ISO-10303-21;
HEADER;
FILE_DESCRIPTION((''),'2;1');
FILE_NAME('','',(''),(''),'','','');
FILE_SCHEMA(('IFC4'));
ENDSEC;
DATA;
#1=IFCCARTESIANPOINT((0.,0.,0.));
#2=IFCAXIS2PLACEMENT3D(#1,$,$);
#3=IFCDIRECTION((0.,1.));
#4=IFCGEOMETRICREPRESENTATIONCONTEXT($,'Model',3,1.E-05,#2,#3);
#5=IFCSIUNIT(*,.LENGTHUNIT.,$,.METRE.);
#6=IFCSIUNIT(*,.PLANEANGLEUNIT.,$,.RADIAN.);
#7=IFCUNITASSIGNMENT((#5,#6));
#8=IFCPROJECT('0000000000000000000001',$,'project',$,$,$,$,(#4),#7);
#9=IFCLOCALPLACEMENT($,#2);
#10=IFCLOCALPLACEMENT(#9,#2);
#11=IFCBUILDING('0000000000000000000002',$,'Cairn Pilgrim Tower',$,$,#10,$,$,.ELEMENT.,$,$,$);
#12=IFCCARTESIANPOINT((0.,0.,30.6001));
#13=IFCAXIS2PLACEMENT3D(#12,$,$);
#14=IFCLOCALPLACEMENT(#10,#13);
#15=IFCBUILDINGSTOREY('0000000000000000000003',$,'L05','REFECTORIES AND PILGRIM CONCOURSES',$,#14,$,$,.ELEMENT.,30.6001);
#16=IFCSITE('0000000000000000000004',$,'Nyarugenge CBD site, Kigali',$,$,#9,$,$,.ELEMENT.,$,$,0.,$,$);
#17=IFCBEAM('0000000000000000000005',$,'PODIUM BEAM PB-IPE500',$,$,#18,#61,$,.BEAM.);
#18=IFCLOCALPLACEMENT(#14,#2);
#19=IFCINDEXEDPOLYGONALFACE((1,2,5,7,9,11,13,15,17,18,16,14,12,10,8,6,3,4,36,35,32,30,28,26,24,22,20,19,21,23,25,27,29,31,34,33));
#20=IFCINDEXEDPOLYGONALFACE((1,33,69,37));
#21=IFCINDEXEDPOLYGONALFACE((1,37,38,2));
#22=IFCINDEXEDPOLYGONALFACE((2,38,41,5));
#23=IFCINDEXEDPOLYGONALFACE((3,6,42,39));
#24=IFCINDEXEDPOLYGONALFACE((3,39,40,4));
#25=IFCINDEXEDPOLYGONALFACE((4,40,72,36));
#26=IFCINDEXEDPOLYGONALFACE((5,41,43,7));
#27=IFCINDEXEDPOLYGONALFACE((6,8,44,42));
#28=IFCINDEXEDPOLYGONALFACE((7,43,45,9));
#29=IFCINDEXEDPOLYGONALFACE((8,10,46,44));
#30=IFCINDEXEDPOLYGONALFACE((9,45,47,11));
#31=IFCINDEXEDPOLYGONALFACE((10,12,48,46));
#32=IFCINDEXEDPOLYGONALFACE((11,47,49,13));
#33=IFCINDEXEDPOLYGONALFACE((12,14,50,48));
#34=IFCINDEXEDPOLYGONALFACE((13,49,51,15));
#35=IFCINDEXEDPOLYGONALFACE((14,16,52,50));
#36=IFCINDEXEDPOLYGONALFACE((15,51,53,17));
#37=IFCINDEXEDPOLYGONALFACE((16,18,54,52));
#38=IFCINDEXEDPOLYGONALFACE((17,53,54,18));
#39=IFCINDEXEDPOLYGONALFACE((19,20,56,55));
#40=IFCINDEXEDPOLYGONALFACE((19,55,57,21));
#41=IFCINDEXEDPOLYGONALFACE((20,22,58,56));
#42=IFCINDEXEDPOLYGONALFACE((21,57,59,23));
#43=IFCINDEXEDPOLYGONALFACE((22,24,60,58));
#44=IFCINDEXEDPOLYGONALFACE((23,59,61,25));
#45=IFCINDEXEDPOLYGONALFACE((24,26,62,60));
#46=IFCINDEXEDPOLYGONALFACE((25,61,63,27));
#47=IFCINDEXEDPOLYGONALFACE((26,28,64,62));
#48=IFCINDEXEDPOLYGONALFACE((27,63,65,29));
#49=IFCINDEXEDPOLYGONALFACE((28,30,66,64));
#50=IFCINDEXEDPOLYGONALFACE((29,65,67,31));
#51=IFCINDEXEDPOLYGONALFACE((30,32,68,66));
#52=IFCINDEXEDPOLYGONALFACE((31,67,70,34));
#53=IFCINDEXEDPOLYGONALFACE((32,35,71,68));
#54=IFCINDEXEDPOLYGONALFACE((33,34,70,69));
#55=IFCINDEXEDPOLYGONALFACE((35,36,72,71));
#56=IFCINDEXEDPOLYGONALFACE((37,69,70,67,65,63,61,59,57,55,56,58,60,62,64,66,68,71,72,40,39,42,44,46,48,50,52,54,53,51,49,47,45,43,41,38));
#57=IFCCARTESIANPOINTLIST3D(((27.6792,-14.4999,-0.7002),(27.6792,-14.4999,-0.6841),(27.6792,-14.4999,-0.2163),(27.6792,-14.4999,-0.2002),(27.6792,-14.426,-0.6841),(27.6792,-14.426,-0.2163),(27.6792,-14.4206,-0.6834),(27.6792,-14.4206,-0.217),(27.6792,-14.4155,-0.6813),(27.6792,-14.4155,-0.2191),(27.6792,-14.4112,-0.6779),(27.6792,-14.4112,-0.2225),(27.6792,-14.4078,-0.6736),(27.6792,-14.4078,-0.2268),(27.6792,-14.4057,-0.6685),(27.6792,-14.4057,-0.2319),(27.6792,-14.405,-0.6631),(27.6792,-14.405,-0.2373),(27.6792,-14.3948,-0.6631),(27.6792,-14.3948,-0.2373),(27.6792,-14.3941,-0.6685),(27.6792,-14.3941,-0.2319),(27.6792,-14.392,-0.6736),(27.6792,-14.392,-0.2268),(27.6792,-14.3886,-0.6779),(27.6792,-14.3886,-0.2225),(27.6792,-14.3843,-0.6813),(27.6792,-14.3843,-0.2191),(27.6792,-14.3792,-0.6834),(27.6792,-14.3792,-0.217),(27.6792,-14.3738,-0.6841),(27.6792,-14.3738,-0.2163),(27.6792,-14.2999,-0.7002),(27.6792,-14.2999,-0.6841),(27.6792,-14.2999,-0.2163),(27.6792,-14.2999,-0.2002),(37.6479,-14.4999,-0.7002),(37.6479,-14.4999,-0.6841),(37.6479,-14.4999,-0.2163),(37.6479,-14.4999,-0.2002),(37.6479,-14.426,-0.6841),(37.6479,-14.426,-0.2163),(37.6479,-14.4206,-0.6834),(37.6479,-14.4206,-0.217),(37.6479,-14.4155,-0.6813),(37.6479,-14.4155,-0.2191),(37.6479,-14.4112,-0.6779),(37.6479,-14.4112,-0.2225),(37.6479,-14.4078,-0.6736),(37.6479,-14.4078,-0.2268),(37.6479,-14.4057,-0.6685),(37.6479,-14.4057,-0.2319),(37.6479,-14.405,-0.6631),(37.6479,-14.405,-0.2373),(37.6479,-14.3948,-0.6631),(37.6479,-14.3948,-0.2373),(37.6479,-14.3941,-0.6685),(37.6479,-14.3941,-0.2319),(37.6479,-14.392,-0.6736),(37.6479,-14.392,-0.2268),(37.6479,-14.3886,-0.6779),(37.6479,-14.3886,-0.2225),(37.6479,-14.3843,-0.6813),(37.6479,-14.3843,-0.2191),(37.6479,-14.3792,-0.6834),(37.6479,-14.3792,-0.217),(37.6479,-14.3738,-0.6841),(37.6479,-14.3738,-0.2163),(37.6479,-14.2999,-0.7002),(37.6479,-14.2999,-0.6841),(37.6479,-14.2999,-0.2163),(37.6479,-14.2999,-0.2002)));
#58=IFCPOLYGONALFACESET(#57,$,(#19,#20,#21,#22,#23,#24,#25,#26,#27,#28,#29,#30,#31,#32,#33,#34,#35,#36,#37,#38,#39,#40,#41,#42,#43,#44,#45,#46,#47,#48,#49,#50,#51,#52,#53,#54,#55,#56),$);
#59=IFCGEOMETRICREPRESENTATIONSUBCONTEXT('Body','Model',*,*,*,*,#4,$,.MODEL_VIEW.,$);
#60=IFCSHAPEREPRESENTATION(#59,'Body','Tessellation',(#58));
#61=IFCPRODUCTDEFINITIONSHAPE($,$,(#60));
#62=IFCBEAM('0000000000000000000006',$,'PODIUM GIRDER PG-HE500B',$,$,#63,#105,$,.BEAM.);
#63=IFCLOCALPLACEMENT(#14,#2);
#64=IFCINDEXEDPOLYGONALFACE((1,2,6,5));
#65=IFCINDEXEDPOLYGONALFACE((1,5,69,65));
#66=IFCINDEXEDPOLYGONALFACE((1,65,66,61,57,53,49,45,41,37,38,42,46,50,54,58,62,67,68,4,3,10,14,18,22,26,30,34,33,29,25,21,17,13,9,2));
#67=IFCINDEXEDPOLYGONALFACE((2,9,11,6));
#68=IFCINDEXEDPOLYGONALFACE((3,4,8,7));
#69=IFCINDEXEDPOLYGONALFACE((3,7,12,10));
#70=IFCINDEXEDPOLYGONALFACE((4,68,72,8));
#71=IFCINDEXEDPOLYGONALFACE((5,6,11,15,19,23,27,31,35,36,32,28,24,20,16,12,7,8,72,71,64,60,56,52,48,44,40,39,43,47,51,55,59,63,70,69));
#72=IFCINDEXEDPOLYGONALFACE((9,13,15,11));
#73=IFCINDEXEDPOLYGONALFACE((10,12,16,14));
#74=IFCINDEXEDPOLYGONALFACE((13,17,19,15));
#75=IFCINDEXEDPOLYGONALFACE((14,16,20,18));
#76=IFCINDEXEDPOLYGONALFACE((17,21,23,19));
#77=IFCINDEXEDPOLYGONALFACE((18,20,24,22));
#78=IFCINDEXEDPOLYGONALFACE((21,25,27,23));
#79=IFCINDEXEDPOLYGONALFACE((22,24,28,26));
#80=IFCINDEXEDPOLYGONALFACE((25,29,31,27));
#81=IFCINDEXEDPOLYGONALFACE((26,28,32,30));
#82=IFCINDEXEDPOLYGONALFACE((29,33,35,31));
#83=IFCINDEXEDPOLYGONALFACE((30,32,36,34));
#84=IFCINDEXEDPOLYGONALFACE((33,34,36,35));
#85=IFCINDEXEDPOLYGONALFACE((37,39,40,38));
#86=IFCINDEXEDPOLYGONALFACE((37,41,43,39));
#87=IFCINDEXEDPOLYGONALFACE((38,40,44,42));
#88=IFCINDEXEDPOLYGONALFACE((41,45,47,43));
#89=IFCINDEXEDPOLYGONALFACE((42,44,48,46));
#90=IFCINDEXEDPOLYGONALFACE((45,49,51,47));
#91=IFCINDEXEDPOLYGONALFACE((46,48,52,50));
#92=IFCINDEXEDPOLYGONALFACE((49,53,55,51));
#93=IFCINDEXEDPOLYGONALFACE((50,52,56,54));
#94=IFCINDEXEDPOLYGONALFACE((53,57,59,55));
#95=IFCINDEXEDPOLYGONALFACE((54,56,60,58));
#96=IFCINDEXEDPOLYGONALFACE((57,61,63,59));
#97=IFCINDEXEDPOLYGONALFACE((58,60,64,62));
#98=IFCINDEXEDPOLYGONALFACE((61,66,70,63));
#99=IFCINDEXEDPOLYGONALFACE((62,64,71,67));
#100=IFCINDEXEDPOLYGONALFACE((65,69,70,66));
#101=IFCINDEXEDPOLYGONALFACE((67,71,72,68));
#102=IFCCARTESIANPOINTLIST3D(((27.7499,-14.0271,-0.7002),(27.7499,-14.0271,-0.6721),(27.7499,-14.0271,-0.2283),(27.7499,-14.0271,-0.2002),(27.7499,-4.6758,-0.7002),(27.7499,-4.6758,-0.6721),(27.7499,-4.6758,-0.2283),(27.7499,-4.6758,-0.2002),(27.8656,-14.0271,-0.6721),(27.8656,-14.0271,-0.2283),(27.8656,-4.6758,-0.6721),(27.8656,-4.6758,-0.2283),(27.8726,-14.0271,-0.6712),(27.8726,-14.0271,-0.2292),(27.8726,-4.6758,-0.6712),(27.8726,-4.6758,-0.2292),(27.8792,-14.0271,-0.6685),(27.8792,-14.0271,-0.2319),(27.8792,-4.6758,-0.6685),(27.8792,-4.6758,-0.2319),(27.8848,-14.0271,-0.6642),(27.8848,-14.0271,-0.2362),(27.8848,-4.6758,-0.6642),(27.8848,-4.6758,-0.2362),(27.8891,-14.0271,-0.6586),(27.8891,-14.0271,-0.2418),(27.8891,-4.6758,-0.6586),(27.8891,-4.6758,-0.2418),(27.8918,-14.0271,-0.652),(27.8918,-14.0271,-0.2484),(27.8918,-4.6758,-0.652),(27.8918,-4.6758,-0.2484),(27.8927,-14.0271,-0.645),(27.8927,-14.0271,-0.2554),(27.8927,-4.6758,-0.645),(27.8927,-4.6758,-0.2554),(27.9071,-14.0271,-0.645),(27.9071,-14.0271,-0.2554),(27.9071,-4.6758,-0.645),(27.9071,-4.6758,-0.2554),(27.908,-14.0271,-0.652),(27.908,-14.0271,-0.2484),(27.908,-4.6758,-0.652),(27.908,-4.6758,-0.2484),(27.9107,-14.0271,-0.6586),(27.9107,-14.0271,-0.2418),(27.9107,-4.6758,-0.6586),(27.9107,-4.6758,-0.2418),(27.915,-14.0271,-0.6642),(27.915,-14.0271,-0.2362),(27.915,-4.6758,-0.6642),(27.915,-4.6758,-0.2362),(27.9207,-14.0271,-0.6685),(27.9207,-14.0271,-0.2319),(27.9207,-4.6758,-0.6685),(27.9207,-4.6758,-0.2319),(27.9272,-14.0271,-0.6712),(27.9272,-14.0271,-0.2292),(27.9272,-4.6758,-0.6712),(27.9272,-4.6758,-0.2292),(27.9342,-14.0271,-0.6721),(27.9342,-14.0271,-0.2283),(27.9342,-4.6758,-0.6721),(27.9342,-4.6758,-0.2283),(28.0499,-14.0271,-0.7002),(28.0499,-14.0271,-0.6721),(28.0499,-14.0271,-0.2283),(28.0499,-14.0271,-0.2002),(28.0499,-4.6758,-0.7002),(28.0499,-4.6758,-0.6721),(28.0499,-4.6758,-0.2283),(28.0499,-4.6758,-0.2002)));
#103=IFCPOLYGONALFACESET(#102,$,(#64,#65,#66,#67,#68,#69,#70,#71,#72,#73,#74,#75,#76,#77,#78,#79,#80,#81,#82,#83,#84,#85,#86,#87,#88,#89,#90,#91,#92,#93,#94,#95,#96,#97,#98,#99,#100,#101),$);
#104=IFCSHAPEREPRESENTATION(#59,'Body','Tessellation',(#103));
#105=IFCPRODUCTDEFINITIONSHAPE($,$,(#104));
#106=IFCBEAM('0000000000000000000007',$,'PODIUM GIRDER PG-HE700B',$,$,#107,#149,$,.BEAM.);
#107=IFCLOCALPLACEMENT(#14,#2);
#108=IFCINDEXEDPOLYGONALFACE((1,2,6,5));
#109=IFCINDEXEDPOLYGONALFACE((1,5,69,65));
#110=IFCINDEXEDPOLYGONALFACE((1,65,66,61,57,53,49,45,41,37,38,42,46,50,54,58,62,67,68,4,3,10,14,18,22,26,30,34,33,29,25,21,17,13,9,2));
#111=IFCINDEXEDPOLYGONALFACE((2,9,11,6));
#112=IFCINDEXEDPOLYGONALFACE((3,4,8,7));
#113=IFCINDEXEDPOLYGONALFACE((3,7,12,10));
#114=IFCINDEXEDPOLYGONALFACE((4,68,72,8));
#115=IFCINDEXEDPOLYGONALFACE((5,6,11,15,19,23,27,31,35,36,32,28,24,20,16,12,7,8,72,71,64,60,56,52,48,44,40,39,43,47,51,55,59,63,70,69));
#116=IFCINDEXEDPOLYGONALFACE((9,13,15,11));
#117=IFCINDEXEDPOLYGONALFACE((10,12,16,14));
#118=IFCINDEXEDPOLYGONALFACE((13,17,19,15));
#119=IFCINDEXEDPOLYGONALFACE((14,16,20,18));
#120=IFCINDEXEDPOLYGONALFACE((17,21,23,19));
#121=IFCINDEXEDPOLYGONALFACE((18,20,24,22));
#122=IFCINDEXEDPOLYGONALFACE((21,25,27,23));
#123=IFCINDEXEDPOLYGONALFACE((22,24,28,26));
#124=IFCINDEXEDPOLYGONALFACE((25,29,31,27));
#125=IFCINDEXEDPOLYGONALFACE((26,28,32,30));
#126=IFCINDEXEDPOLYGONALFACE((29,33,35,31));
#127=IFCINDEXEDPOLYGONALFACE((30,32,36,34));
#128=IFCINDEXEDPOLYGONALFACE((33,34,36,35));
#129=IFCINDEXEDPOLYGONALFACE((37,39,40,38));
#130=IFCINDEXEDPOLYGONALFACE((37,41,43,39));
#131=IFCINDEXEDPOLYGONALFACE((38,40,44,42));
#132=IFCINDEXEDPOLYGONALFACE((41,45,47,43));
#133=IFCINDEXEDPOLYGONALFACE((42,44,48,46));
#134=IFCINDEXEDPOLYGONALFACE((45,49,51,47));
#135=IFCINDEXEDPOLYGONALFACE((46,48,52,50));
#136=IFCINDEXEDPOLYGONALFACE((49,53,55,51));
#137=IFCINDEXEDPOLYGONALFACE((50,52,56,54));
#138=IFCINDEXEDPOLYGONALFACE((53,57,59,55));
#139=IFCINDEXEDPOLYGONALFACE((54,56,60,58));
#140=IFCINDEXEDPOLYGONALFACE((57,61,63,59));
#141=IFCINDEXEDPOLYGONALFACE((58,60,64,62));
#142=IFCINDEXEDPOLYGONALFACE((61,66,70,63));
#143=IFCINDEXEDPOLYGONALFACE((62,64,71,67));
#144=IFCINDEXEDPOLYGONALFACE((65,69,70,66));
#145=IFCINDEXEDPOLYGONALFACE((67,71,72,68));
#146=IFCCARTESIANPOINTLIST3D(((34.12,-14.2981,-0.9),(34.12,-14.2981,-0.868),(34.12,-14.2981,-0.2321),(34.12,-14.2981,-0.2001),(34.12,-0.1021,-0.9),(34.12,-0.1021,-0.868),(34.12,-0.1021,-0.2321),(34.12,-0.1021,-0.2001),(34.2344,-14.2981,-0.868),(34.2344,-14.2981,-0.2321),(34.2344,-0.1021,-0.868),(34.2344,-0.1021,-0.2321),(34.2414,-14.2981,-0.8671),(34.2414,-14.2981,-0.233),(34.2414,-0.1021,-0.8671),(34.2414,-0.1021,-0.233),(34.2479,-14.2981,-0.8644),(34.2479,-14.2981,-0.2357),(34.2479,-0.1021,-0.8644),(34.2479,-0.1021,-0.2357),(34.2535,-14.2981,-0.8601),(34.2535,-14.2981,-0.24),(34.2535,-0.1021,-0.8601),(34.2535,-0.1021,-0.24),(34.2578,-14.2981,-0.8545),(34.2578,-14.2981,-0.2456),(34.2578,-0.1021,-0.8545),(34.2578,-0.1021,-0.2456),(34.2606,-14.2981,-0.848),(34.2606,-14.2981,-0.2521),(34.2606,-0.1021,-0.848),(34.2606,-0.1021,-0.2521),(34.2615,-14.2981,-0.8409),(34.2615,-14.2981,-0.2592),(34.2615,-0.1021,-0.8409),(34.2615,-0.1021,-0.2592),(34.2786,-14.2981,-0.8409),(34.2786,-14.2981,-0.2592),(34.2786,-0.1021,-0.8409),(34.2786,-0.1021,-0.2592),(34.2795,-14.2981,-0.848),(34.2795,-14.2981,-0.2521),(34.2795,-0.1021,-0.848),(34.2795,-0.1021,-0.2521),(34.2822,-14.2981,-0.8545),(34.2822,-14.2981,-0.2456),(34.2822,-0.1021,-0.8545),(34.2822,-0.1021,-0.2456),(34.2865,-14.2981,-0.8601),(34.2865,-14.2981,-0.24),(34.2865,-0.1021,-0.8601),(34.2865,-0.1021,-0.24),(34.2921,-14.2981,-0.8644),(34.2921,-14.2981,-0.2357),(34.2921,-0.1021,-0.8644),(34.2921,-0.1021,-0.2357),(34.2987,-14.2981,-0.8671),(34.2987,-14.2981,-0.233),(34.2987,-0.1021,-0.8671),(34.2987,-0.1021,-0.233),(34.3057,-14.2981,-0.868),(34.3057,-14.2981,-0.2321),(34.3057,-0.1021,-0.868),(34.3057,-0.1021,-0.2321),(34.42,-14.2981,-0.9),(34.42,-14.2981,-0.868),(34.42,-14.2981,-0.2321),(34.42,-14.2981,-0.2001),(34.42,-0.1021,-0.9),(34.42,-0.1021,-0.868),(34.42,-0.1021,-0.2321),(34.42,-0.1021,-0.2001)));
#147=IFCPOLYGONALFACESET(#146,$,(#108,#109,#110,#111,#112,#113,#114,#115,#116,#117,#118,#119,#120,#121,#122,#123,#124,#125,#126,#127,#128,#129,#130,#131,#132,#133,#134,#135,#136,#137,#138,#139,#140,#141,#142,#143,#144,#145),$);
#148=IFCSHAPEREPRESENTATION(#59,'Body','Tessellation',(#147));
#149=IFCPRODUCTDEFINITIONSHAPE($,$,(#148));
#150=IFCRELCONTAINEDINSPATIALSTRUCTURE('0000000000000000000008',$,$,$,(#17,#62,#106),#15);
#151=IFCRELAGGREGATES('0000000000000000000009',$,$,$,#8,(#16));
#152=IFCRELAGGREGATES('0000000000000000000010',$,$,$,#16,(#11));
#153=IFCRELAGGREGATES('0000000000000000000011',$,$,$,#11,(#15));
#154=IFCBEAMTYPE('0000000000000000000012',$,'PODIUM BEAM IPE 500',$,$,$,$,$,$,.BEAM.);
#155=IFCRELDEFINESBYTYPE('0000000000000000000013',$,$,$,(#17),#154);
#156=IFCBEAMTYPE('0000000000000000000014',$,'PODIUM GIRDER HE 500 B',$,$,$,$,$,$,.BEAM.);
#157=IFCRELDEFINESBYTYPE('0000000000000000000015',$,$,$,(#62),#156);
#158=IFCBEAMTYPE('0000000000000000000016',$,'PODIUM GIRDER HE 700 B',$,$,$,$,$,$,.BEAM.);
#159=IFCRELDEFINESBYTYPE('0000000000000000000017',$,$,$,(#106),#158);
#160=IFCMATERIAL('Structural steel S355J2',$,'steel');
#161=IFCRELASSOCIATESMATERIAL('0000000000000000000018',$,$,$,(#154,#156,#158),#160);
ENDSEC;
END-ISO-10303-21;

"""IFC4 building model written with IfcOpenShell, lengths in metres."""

from ifc_helpers import new_model, si_unit, direction, frame, origin, origin_2d, place, context, subcontext, project, spatial, i_section, extrude, material, material_profile, profile_set, type_object, element, save


model = new_model("IFC4")

# Units and contexts
model_context = context("Model", 3, precision=1e-05, world=origin(), true_north=direction((0.0, 1.0)))
body_context = subcontext(model_context, "Body", "Model", "MODEL_VIEW")
ifc_project = project(units=[si_unit("LENGTHUNIT", "METRE"), si_unit("PLANEANGLEUNIT", "RADIAN")], contexts=[model_context])

# Site, building, storey
site_placement = place(None, origin())
site = spatial("IfcSite", under=ifc_project, at=site_placement, Name="Nyarugenge CBD site, Kigali", CompositionType="ELEMENT", RefElevation=0.0)
building_placement = place(site_placement, origin())
building = spatial("IfcBuilding", under=site, at=building_placement, Name="Cairn Pilgrim Tower", CompositionType="ELEMENT")
storey_placement = place(building_placement, frame((0.0, 0.0, 30.6001)))
storey = spatial("IfcBuildingStorey", under=building, at=storey_placement, Name="L05", Description="REFECTORIES AND PILGRIM CONCOURSES", CompositionType="ELEMENT", Elevation=30.6001)

# Shared definitions
ifc_material_1 = material(Name="Structural steel S355J2", Category="steel")

# Beams
ifc_material_profile_1 = material_profile(ifc_material_1, i_section(OverallWidth=0.2, OverallDepth=0.5, WebThickness=0.0103, FlangeThickness=0.0161, FilletRadius=0.021, at=origin_2d()), Name="IPE 500")
ifc_profile_set_1 = profile_set([ifc_material_profile_1], Name="Structural steel S355J2")
beam_type_1 = type_object("IfcBeamType", Name="PODIUM BEAM IPE 500", PredefinedType="BEAM", material=ifc_profile_set_1)
beam_1_placement = place(storey_placement, frame((27.6792, -14.3999, -0.4502), z_axis=(1.0, 0.0, 0.0), x_axis=(0.0, 1.0, 0.0)))
element("IfcBeam", 1, at=beam_1_placement, inside=storey, type_object=beam_type_1, Name="PODIUM BEAM PB-IPE500", PredefinedType="BEAM", context=body_context, shape_type="SweptSolid", body=[
    extrude(i_section(OverallWidth=0.2, OverallDepth=0.5, WebThickness=0.0103, FlangeThickness=0.0161, FilletRadius=0.021, at=origin_2d()), origin(), (0.0, 0.0, 1.0), 9.9688),
])
ifc_material_profile_2 = material_profile(ifc_material_1, i_section(OverallWidth=0.3, OverallDepth=0.5, WebThickness=0.0144, FlangeThickness=0.0281, FilletRadius=0.0271, at=origin_2d()), Name="HEB 500")
ifc_profile_set_2 = profile_set([ifc_material_profile_2], Name="Structural steel S355J2")
beam_type_2 = type_object("IfcBeamType", Name="PODIUM GIRDER HE 500 B", PredefinedType="BEAM", material=ifc_profile_set_2)
beam_2_placement = place(storey_placement, frame((27.8999, -14.0271, -0.4502), z_axis=(0.0, 1.0, 0.0), x_axis=(-1.0, 0.0, 0.0)))
element("IfcBeam", 2, at=beam_2_placement, inside=storey, type_object=beam_type_2, Name="PODIUM GIRDER PG-HE500B", PredefinedType="BEAM", context=body_context, shape_type="SweptSolid", body=[
    extrude(i_section(OverallWidth=0.3, OverallDepth=0.5, WebThickness=0.0144, FlangeThickness=0.0281, FilletRadius=0.0271, at=origin_2d()), origin(), (0.0, 0.0, 1.0), 9.3513),
])
ifc_material_profile_3 = material_profile(ifc_material_1, i_section(OverallWidth=0.3, OverallDepth=0.7, WebThickness=0.0171, FlangeThickness=0.032, FilletRadius=0.0271, at=origin_2d()), Name="HEB 700")
ifc_profile_set_3 = profile_set([ifc_material_profile_3], Name="Structural steel S355J2")
beam_type_3 = type_object("IfcBeamType", Name="PODIUM GIRDER HE 700 B", PredefinedType="BEAM", material=ifc_profile_set_3)
beam_3_placement = place(storey_placement, frame((34.27, -14.2981, -0.55), z_axis=(0.0, 1.0, 0.0), x_axis=(-1.0, 0.0, 0.0)))
element("IfcBeam", 3, at=beam_3_placement, inside=storey, type_object=beam_type_3, Name="PODIUM GIRDER PG-HE700B", PredefinedType="BEAM", context=body_context, shape_type="SweptSolid", body=[
    extrude(i_section(OverallWidth=0.3, OverallDepth=0.7, WebThickness=0.0171, FlangeThickness=0.032, FilletRadius=0.0271, at=origin_2d()), origin(), (0.0, 0.0, 1.0), 14.196),
])

save(model, "model.ifc")
